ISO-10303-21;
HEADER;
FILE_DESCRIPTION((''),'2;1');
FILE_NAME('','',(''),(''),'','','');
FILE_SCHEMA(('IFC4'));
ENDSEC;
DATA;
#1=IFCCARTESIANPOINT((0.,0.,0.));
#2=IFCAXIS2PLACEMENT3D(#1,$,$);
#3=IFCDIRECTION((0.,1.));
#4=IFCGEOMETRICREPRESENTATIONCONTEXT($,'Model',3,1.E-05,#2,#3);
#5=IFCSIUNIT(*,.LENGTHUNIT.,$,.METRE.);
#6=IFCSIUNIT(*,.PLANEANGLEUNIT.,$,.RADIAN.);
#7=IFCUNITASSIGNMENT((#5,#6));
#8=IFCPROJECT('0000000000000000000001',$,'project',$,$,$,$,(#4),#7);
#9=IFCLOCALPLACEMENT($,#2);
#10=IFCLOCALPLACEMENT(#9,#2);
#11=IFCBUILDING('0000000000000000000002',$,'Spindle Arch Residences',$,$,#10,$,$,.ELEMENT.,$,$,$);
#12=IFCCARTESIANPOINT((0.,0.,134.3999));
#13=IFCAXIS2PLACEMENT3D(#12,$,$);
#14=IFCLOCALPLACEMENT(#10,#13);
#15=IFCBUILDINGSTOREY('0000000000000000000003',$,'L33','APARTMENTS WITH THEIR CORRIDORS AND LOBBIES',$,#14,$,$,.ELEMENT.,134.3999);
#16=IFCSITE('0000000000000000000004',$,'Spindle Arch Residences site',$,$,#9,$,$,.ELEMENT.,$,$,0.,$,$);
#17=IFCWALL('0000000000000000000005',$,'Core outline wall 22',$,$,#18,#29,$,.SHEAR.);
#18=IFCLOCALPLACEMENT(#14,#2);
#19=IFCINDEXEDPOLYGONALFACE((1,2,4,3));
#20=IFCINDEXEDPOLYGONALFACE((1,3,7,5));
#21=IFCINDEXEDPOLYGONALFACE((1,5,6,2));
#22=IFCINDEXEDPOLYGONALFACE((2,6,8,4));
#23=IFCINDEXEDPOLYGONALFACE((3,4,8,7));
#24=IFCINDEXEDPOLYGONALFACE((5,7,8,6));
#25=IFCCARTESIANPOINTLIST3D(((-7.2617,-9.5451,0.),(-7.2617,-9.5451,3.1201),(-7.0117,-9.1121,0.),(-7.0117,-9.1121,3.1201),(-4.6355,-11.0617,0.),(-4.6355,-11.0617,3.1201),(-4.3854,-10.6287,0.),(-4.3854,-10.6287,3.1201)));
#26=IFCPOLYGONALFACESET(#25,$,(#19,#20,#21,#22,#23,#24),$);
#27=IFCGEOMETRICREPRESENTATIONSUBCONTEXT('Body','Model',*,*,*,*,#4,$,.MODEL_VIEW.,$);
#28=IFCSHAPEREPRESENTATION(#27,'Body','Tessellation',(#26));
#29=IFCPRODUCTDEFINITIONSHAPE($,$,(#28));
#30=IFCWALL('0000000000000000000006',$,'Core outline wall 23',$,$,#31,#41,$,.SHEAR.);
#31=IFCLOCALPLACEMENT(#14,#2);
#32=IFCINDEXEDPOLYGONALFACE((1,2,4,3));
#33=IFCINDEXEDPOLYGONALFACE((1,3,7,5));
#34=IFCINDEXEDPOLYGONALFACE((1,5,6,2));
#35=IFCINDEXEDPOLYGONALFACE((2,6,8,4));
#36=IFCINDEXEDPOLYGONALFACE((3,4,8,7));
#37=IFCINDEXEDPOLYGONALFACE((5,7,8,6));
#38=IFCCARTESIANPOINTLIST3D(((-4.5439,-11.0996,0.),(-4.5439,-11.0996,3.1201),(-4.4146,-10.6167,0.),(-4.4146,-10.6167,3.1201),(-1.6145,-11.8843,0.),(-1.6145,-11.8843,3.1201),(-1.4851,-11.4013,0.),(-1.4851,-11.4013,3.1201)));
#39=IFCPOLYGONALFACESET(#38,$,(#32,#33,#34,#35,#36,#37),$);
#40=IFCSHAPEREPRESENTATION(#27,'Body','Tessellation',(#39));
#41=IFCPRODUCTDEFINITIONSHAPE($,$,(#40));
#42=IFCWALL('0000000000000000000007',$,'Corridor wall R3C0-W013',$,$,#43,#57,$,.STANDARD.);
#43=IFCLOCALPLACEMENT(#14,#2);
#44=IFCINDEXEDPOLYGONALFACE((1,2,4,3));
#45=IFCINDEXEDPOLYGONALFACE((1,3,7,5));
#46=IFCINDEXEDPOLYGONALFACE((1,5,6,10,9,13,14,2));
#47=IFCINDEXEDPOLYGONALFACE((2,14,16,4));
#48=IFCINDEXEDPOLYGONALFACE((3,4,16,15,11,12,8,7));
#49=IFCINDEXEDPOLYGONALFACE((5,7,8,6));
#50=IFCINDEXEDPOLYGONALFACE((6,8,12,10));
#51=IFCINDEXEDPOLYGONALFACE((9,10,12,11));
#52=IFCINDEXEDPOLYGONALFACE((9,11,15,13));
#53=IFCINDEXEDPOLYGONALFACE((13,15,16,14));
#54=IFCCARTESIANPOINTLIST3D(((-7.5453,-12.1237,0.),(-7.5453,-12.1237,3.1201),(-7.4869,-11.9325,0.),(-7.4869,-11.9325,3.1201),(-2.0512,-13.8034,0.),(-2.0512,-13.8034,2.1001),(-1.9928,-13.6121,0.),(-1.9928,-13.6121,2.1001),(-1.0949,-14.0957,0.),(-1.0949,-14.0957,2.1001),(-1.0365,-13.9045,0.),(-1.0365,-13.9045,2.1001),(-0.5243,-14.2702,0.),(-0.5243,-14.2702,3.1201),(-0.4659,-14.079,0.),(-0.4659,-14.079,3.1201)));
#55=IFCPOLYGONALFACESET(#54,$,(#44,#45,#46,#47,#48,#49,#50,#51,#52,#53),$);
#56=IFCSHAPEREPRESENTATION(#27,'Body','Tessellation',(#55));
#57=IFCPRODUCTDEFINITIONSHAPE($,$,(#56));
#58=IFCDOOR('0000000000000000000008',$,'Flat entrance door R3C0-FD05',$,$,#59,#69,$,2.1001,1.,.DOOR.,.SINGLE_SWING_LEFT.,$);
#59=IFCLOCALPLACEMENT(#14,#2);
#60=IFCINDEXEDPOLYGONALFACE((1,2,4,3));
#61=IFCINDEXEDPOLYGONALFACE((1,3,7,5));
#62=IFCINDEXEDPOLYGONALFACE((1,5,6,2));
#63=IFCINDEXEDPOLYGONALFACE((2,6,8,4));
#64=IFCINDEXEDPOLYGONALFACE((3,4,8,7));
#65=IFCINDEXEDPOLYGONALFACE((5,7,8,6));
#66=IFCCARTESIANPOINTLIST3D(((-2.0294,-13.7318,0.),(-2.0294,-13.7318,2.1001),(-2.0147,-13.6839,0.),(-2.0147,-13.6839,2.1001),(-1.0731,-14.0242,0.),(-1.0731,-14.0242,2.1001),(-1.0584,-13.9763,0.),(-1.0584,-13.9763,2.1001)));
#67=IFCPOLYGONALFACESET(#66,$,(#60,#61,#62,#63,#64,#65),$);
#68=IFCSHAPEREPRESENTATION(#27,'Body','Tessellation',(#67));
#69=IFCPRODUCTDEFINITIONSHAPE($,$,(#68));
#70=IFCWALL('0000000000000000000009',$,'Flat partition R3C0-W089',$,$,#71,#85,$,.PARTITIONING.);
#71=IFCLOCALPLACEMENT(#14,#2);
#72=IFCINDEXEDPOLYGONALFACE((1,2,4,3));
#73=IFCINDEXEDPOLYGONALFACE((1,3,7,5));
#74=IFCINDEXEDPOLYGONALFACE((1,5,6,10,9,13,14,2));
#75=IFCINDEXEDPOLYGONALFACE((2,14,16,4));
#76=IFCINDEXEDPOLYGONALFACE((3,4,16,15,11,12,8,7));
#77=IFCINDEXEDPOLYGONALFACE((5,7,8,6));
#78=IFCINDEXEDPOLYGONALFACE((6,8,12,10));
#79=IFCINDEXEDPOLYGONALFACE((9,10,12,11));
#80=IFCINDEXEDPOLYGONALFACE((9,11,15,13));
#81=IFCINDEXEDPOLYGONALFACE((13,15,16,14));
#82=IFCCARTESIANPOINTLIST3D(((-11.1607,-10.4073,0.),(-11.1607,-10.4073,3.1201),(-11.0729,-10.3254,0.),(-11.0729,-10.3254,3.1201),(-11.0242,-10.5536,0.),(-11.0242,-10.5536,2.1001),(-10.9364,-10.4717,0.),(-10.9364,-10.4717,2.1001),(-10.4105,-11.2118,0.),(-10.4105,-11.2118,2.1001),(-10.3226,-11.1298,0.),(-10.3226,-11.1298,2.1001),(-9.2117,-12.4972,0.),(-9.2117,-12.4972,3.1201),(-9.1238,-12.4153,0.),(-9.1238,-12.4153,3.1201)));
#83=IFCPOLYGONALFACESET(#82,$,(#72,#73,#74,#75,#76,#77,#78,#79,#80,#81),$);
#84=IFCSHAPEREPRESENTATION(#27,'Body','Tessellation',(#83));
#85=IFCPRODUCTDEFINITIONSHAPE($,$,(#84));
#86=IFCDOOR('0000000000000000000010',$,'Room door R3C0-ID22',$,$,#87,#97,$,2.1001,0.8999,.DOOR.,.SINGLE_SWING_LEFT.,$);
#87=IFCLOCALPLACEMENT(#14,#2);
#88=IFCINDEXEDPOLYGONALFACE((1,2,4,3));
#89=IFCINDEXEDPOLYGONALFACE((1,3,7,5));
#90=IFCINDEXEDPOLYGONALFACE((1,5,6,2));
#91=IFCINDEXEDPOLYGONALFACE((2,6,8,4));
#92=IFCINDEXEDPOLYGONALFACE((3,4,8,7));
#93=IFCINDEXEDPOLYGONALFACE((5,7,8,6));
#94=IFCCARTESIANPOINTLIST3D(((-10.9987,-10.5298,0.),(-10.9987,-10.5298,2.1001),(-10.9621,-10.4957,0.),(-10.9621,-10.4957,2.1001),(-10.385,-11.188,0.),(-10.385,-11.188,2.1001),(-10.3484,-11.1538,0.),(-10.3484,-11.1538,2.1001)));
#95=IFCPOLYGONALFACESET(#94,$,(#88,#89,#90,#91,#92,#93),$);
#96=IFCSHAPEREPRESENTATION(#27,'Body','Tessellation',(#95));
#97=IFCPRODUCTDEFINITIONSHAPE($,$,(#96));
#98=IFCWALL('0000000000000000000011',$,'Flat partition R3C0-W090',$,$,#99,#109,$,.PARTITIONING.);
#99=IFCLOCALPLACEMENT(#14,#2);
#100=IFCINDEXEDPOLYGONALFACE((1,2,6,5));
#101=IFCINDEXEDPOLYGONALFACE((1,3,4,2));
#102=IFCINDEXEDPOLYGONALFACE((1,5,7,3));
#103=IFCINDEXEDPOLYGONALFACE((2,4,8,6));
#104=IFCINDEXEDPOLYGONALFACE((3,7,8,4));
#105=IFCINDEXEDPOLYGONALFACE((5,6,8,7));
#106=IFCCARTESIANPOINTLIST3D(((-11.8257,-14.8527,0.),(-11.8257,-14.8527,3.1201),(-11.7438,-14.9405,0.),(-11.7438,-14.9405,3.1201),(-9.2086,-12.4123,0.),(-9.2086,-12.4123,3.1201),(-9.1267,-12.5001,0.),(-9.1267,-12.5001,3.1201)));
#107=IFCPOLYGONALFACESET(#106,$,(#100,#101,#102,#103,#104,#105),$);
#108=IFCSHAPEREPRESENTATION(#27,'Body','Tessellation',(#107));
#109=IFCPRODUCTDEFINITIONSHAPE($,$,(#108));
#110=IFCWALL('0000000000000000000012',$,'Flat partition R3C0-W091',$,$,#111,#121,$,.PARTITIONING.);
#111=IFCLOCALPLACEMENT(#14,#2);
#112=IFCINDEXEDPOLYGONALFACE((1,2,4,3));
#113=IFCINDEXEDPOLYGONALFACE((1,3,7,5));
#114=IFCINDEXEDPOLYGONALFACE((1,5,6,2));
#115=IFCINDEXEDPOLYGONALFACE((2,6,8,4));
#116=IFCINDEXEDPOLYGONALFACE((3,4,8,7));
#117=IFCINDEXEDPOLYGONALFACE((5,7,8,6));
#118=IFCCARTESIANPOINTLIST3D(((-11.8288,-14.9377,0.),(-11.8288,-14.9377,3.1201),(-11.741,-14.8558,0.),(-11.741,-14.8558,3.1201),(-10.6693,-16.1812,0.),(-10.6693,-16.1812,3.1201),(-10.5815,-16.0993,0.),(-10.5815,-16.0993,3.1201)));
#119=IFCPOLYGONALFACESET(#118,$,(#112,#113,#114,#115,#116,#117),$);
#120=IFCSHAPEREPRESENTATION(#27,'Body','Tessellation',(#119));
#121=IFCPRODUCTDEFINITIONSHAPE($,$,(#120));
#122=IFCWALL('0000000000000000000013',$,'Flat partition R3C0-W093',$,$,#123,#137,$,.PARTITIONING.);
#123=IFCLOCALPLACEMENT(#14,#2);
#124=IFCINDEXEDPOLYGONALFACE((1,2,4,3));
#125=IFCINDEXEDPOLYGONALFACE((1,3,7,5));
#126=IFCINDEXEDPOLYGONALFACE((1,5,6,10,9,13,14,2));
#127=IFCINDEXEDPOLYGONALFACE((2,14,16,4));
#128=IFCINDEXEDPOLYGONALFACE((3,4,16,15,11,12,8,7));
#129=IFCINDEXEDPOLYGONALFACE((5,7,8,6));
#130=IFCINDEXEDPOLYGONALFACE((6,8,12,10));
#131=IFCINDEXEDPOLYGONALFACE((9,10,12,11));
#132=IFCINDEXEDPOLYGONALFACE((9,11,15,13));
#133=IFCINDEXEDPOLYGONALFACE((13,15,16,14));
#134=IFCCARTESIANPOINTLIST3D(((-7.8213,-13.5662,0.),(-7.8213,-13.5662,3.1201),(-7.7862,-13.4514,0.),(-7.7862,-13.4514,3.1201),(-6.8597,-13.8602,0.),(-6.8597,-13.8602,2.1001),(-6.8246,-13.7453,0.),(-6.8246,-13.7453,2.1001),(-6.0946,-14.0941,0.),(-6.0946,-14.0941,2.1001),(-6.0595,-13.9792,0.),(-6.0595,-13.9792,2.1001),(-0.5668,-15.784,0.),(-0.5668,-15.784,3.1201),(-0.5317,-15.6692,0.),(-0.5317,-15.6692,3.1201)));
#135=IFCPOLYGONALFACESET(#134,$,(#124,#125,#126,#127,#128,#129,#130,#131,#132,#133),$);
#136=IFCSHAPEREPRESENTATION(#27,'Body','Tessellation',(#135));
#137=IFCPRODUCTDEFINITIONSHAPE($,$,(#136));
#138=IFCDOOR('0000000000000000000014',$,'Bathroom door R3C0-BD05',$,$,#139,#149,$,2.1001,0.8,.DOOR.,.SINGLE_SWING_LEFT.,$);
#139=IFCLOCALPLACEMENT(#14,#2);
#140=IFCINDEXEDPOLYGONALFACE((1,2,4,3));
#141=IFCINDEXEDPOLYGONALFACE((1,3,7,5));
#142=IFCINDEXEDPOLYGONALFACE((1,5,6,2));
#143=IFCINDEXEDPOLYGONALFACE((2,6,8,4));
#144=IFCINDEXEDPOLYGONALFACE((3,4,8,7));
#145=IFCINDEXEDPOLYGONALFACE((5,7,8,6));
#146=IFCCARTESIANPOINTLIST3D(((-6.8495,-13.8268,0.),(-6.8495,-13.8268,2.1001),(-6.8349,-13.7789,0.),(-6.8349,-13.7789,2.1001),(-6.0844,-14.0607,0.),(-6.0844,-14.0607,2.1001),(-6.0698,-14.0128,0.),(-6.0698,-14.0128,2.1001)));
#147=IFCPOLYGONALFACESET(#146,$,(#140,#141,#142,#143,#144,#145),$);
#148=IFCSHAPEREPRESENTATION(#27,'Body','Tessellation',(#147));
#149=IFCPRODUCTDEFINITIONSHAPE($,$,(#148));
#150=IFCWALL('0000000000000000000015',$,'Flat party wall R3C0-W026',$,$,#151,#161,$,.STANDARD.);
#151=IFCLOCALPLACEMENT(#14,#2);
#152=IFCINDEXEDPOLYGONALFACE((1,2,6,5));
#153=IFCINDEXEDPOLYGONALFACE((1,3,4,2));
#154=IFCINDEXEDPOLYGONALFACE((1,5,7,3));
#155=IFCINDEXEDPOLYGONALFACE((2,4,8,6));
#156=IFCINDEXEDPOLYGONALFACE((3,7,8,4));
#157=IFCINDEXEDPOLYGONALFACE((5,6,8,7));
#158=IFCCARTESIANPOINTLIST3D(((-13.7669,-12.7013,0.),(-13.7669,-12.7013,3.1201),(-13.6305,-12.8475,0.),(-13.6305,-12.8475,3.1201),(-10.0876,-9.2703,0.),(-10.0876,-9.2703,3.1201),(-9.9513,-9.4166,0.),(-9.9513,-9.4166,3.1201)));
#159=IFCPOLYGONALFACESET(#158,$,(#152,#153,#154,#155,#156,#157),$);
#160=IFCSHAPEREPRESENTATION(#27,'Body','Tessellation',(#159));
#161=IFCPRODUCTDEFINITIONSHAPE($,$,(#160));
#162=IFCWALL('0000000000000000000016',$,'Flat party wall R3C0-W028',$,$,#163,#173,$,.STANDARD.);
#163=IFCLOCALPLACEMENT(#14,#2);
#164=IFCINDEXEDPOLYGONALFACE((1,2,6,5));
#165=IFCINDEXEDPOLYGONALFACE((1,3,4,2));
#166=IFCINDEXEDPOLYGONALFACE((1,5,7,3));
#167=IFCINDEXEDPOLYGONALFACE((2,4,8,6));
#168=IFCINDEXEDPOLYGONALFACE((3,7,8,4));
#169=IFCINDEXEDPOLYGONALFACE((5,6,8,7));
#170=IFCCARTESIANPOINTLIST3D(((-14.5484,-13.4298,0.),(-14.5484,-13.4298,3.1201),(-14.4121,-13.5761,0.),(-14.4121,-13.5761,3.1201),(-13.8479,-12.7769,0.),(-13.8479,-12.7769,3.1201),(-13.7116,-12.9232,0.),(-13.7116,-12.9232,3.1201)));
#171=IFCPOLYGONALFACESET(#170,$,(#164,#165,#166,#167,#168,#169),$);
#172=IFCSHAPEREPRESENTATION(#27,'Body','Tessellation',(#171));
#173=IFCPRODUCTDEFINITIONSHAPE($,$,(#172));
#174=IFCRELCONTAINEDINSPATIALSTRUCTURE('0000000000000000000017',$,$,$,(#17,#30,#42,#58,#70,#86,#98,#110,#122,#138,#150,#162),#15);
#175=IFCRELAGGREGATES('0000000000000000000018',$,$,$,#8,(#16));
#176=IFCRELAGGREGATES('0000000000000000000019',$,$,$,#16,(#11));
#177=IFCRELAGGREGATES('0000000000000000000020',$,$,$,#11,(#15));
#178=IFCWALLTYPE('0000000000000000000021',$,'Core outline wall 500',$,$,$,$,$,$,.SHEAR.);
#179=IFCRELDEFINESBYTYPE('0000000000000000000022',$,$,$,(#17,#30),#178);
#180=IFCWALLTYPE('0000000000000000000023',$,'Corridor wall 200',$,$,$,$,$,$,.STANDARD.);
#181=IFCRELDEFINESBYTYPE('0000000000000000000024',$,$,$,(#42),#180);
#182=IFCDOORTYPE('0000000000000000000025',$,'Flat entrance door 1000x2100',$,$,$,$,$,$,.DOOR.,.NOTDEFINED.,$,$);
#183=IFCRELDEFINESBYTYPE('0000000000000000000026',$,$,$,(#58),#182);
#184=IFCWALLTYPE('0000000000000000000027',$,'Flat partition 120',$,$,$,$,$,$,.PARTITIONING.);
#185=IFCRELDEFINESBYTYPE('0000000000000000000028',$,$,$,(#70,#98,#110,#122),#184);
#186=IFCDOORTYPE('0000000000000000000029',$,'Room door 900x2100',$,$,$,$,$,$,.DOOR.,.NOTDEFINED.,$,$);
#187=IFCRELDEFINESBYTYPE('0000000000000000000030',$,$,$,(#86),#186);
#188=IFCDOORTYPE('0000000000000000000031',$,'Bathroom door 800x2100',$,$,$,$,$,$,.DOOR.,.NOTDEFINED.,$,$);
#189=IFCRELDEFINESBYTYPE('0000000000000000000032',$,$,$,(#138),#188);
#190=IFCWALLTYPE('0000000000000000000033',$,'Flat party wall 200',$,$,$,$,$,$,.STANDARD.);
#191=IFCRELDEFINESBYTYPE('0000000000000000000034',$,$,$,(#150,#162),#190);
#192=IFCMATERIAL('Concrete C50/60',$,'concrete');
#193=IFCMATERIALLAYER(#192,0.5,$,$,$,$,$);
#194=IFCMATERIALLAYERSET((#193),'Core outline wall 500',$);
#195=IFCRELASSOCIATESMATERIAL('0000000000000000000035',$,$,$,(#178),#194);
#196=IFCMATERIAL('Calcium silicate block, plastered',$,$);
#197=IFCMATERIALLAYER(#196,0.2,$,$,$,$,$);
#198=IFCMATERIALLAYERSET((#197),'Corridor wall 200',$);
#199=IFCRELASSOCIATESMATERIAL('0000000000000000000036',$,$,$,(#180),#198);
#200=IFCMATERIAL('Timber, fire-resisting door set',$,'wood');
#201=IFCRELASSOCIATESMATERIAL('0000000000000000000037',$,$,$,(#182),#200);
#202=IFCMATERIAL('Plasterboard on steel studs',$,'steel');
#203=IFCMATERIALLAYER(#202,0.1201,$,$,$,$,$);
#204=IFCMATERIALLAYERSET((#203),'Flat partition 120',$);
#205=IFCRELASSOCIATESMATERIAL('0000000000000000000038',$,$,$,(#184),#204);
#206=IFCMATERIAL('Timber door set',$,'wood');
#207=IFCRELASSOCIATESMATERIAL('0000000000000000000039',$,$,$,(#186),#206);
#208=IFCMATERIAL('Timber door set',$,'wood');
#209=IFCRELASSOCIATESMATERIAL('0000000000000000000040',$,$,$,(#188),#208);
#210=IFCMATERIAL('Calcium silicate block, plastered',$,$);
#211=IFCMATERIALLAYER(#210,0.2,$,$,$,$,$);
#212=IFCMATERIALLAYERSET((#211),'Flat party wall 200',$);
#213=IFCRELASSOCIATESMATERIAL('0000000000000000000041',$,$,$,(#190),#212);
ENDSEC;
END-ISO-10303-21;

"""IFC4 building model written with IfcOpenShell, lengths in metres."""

from ifc_helpers import new_model, si_unit, direction, frame, frame_2d, origin, place, context, subcontext, project, spatial, rectangle, extrude, material, layer, layer_set, type_object, element, fill, save


model = new_model("IFC4")

# Units and contexts
model_context = context("Model", 3, precision=1e-05, world=origin(), true_north=direction((0.0, 1.0)))
body_context = subcontext(model_context, "Body", "Model", "MODEL_VIEW")
ifc_project = project(units=[si_unit("LENGTHUNIT", "METRE"), si_unit("PLANEANGLEUNIT", "RADIAN")], contexts=[model_context])

# Site, building, storey
site_placement = place(None, origin())
site = spatial("IfcSite", under=ifc_project, at=site_placement, Name="Spindle Arch Residences site", CompositionType="ELEMENT", RefElevation=0.0)
building_placement = place(site_placement, origin())
building = spatial("IfcBuilding", under=site, at=building_placement, Name="Spindle Arch Residences", CompositionType="ELEMENT")
storey_placement = place(building_placement, frame((0.0, 0.0, 134.3999)))
storey = spatial("IfcBuildingStorey", under=building, at=storey_placement, Name="L33", Description="APARTMENTS WITH THEIR CORRIDORS AND LOBBIES", CompositionType="ELEMENT", Elevation=134.3999)

# Walls
ifc_material_1 = material(Name="Concrete C50/60", Category="concrete")
ifc_layer_1 = layer(ifc_material_1, 0.5)
ifc_layer_set_1 = layer_set([ifc_layer_1], Name="Core outline wall 500")
wall_type_1 = type_object("IfcWallType", Name="Core outline wall 500", PredefinedType="SHEAR", material=ifc_layer_set_1)
for number, where, z_axis, x_axis, name in (
    (1, (-7.1367, -9.3286, 0.0), (0.0, 0.0, 1.0), (0.865975, -0.500087, 0.0), "Core outline wall 22"),
    (2, (-4.4792, -10.8582, 0.0), (0.0, 0.0, 1.0), (0.965948, -0.258735, 0.0), "Core outline wall 23"),
):
    element("IfcWall", number, at=place(storey_placement, frame(where, z_axis=z_axis, x_axis=x_axis)), inside=storey, type_object=wall_type_1, Name=name, PredefinedType="SHEAR", context=body_context, shape_type="SweptSolid", body=[
        extrude(rectangle(XDim=3.0327, YDim=0.5, at=frame_2d((1.5164, 0.0))), origin(), (0.0, 0.0, 1.0), 3.1201),
    ])

# Walls, openings, doors
ifc_material_2 = material(Name="Calcium silicate block, plastered")
ifc_layer_2 = layer(ifc_material_2, 0.2)
ifc_layer_set_2 = layer_set([ifc_layer_2], Name="Corridor wall 200")
wall_type_2 = type_object("IfcWallType", Name="Corridor wall 200", PredefinedType="STANDARD", material=ifc_layer_set_2)
wall_1_placement = place(storey_placement, frame((-7.5161, -12.0281, 0.0), z_axis=(0.0, 0.0, 1.0), x_axis=(0.956307, -0.292366, 0.0)))
wall_1 = element("IfcWall", 3, at=wall_1_placement, inside=storey, type_object=wall_type_2, Name="Corridor wall R3C0-W013", PredefinedType="STANDARD", context=body_context, shape_type="SweptSolid", body=[
    extrude(rectangle(XDim=7.3418, YDim=0.2, at=frame_2d((3.6709, 0.0))), origin(), (0.0, 0.0, 1.0), 3.1201),
])
opening_1_placement = place(wall_1_placement, frame((5.7451, 0.0, 0.0)))
opening_1 = element("IfcOpeningElement", 4, at=opening_1_placement, cuts=wall_1, PredefinedType="OPENING", context=body_context, shape_type="SweptSolid", body=[
    extrude(rectangle(XDim=1.0, YDim=2.1001, at=frame_2d((0.5, 1.05))), frame((0.0, 0.1099, 0.0), z_axis=(0.0, -1.0, 0.0), x_axis=(1.0, 0.0, 0.0)), (0.0, 0.0, 1.0), 0.22),
])
ifc_material_3 = material(Name="Timber, fire-resisting door set", Category="wood")
door_type_1 = type_object("IfcDoorType", Name="Flat entrance door 1000x2100", OperationType="NOTDEFINED", PredefinedType="DOOR", material=ifc_material_3)
door_1_placement = place(opening_1_placement, origin())
door_1 = element("IfcDoor", 5, at=door_1_placement, inside=storey, type_object=door_type_1, Name="Flat entrance door R3C0-FD05", OperationType="SINGLE_SWING_LEFT", OverallHeight=2.1001, OverallWidth=1.0, PredefinedType="DOOR", context=body_context, shape_type="SweptSolid", body=[
    extrude(rectangle(XDim=1.0, YDim=2.1001, at=frame_2d((0.5, 1.05))), frame((0.0, 0.0249, 0.0), z_axis=(0.0, -1.0, 0.0), x_axis=(1.0, 0.0, 0.0)), (0.0, 0.0, 1.0), 0.05),
])
fill(opening_1, door_1)
ifc_material_4 = material(Name="Plasterboard on steel studs", Category="steel")
ifc_layer_3 = layer(ifc_material_4, 0.1201)
ifc_layer_set_3 = layer_set([ifc_layer_3], Name="Flat partition 120")
wall_type_3 = type_object("IfcWallType", Name="Flat partition 120", PredefinedType="PARTITIONING", material=ifc_layer_set_3)
wall_2_placement = place(storey_placement, frame((-11.1167, -10.3665, 0.0), z_axis=(0.0, 0.0, 1.0), x_axis=(0.682029, -0.731325, 0.0)))
wall_2 = element("IfcWall", 6, at=wall_2_placement, inside=storey, type_object=wall_type_3, Name="Flat partition R3C0-W089", PredefinedType="PARTITIONING", context=body_context, shape_type="SweptSolid", body=[
    extrude(rectangle(XDim=2.8577, YDim=0.1201, at=frame_2d((1.4287, 0.0))), origin(), (0.0, 0.0, 1.0), 3.1201),
])
opening_2_placement = place(wall_2_placement, frame((0.2, 0.0, 0.0)))
opening_2 = element("IfcOpeningElement", 7, at=opening_2_placement, cuts=wall_2, PredefinedType="OPENING", context=body_context, shape_type="SweptSolid", body=[
    extrude(rectangle(XDim=0.8999, YDim=2.1001, at=frame_2d((0.45, 1.05))), frame((0.0, 0.0701, 0.0), z_axis=(0.0, -1.0, 0.0), x_axis=(1.0, 0.0, 0.0)), (0.0, 0.0, 1.0), 0.1401),
])
ifc_material_5 = material(Name="Timber door set", Category="wood")
door_type_2 = type_object("IfcDoorType", Name="Room door 900x2100", OperationType="NOTDEFINED", PredefinedType="DOOR", material=ifc_material_5)
door_2_placement = place(opening_2_placement, origin())
door_2 = element("IfcDoor", 8, at=door_2_placement, inside=storey, type_object=door_type_2, Name="Room door R3C0-ID22", OperationType="SINGLE_SWING_LEFT", OverallHeight=2.1001, OverallWidth=0.8999, PredefinedType="DOOR", context=body_context, shape_type="SweptSolid", body=[
    extrude(rectangle(XDim=0.8999, YDim=2.1001, at=frame_2d((0.45, 1.05))), frame((0.0, 0.0249, 0.0), z_axis=(0.0, -1.0, 0.0), x_axis=(1.0, 0.0, 0.0)), (0.0, 0.0, 1.0), 0.05),
])
fill(opening_2, door_2)

# Walls
wall_3_placement = place(storey_placement, frame((-9.1677, -12.4563, 0.0), z_axis=(0.0, 0.0, 1.0), x_axis=(-0.731373, -0.681978, 0.0)))
element("IfcWall", 9, at=wall_3_placement, inside=storey, type_object=wall_type_3, Name="Flat partition R3C0-W090", PredefinedType="PARTITIONING", context=body_context, shape_type="SweptSolid", body=[
    extrude(rectangle(XDim=3.5784, YDim=0.1201, at=frame_2d((1.7891, 0.0))), origin(), (0.0, 0.0, 1.0), 3.1201),
])
wall_4_placement = place(storey_placement, frame((-11.7849, -14.8967, 0.0), z_axis=(0.0, 0.0, 1.0), x_axis=(0.681975, -0.731375, 0.0)))
element("IfcWall", 10, at=wall_4_placement, inside=storey, type_object=wall_type_3, Name="Flat partition R3C0-W091", PredefinedType="PARTITIONING", context=body_context, shape_type="SweptSolid", body=[
    extrude(rectangle(XDim=1.7002, YDim=0.1201, at=frame_2d((0.8501, 0.0))), origin(), (0.0, 0.0, 1.0), 3.1201),
])

# Wall, opening, door
wall_5_placement = place(storey_placement, frame((-7.8037, -13.5088, 0.0), z_axis=(0.0, 0.0, 1.0), x_axis=(0.956309, -0.292358, 0.0)))
wall_5 = element("IfcWall", 11, at=wall_5_placement, inside=storey, type_object=wall_type_3, Name="Flat partition R3C0-W093", PredefinedType="PARTITIONING", context=body_context, shape_type="SweptSolid", body=[
    extrude(rectangle(XDim=7.5859, YDim=0.1201, at=frame_2d((3.793, 0.0))), origin(), (0.0, 0.0, 1.0), 3.1201),
])
opening_3_placement = place(wall_5_placement, frame((1.0056, 0.0, 0.0)))
opening_3 = element("IfcOpeningElement", 12, at=opening_3_placement, cuts=wall_5, PredefinedType="OPENING", context=body_context, shape_type="SweptSolid", body=[
    extrude(rectangle(XDim=0.8, YDim=2.1001, at=frame_2d((0.3999, 1.05))), frame((0.0, 0.0701, 0.0), z_axis=(0.0, -1.0, 0.0), x_axis=(1.0, 0.0, 0.0)), (0.0, 0.0, 1.0), 0.1401),
])
ifc_material_6 = material(Name="Timber door set", Category="wood")
door_type_3 = type_object("IfcDoorType", Name="Bathroom door 800x2100", OperationType="NOTDEFINED", PredefinedType="DOOR", material=ifc_material_6)
door_3_placement = place(opening_3_placement, origin())
door_3 = element("IfcDoor", 13, at=door_3_placement, inside=storey, type_object=door_type_3, Name="Bathroom door R3C0-BD05", OperationType="SINGLE_SWING_LEFT", OverallHeight=2.1001, OverallWidth=0.8, PredefinedType="DOOR", context=body_context, shape_type="SweptSolid", body=[
    extrude(rectangle(XDim=0.8, YDim=2.1001, at=frame_2d((0.3999, 1.05))), frame((0.0, 0.0249, 0.0), z_axis=(0.0, -1.0, 0.0), x_axis=(1.0, 0.0, 0.0)), (0.0, 0.0, 1.0), 0.05),
])
fill(opening_3, door_3)

# Walls
ifc_material_7 = material(Name="Calcium silicate block, plastered")
ifc_layer_4 = layer(ifc_material_7, 0.2)
ifc_layer_set_4 = layer_set([ifc_layer_4], Name="Flat party wall 200")
wall_type_4 = type_object("IfcWallType", Name="Flat party wall 200", PredefinedType="STANDARD", material=ifc_layer_set_4)
wall_6_placement = place(storey_placement, frame((-13.6987, -12.7744, 0.0), z_axis=(0.0, 0.0, 1.0), x_axis=(0.731354, 0.681998, 0.0)))
element("IfcWall", 14, at=wall_6_placement, inside=storey, type_object=wall_type_4, Name="Flat party wall R3C0-W026", PredefinedType="STANDARD", context=body_context, shape_type="SweptSolid", body=[
    extrude(rectangle(XDim=5.0308, YDim=0.2, at=frame_2d((2.5154, 0.0))), origin(), (0.0, 0.0, 1.0), 3.1201),
])
wall_7_placement = place(storey_placement, frame((-14.4802, -13.5029, 0.0), z_axis=(0.0, 0.0, 1.0), x_axis=(0.73153, 0.681809, 0.0)))
element("IfcWall", 15, at=wall_7_placement, inside=storey, type_object=wall_type_4, Name="Flat party wall R3C0-W028", PredefinedType="STANDARD", context=body_context, shape_type="SweptSolid", body=[
    extrude(rectangle(XDim=0.9575, YDim=0.2, at=frame_2d((0.4788, 0.0))), origin(), (0.0, 0.0, 1.0), 3.1201),
])

save(model, "model.ifc")
